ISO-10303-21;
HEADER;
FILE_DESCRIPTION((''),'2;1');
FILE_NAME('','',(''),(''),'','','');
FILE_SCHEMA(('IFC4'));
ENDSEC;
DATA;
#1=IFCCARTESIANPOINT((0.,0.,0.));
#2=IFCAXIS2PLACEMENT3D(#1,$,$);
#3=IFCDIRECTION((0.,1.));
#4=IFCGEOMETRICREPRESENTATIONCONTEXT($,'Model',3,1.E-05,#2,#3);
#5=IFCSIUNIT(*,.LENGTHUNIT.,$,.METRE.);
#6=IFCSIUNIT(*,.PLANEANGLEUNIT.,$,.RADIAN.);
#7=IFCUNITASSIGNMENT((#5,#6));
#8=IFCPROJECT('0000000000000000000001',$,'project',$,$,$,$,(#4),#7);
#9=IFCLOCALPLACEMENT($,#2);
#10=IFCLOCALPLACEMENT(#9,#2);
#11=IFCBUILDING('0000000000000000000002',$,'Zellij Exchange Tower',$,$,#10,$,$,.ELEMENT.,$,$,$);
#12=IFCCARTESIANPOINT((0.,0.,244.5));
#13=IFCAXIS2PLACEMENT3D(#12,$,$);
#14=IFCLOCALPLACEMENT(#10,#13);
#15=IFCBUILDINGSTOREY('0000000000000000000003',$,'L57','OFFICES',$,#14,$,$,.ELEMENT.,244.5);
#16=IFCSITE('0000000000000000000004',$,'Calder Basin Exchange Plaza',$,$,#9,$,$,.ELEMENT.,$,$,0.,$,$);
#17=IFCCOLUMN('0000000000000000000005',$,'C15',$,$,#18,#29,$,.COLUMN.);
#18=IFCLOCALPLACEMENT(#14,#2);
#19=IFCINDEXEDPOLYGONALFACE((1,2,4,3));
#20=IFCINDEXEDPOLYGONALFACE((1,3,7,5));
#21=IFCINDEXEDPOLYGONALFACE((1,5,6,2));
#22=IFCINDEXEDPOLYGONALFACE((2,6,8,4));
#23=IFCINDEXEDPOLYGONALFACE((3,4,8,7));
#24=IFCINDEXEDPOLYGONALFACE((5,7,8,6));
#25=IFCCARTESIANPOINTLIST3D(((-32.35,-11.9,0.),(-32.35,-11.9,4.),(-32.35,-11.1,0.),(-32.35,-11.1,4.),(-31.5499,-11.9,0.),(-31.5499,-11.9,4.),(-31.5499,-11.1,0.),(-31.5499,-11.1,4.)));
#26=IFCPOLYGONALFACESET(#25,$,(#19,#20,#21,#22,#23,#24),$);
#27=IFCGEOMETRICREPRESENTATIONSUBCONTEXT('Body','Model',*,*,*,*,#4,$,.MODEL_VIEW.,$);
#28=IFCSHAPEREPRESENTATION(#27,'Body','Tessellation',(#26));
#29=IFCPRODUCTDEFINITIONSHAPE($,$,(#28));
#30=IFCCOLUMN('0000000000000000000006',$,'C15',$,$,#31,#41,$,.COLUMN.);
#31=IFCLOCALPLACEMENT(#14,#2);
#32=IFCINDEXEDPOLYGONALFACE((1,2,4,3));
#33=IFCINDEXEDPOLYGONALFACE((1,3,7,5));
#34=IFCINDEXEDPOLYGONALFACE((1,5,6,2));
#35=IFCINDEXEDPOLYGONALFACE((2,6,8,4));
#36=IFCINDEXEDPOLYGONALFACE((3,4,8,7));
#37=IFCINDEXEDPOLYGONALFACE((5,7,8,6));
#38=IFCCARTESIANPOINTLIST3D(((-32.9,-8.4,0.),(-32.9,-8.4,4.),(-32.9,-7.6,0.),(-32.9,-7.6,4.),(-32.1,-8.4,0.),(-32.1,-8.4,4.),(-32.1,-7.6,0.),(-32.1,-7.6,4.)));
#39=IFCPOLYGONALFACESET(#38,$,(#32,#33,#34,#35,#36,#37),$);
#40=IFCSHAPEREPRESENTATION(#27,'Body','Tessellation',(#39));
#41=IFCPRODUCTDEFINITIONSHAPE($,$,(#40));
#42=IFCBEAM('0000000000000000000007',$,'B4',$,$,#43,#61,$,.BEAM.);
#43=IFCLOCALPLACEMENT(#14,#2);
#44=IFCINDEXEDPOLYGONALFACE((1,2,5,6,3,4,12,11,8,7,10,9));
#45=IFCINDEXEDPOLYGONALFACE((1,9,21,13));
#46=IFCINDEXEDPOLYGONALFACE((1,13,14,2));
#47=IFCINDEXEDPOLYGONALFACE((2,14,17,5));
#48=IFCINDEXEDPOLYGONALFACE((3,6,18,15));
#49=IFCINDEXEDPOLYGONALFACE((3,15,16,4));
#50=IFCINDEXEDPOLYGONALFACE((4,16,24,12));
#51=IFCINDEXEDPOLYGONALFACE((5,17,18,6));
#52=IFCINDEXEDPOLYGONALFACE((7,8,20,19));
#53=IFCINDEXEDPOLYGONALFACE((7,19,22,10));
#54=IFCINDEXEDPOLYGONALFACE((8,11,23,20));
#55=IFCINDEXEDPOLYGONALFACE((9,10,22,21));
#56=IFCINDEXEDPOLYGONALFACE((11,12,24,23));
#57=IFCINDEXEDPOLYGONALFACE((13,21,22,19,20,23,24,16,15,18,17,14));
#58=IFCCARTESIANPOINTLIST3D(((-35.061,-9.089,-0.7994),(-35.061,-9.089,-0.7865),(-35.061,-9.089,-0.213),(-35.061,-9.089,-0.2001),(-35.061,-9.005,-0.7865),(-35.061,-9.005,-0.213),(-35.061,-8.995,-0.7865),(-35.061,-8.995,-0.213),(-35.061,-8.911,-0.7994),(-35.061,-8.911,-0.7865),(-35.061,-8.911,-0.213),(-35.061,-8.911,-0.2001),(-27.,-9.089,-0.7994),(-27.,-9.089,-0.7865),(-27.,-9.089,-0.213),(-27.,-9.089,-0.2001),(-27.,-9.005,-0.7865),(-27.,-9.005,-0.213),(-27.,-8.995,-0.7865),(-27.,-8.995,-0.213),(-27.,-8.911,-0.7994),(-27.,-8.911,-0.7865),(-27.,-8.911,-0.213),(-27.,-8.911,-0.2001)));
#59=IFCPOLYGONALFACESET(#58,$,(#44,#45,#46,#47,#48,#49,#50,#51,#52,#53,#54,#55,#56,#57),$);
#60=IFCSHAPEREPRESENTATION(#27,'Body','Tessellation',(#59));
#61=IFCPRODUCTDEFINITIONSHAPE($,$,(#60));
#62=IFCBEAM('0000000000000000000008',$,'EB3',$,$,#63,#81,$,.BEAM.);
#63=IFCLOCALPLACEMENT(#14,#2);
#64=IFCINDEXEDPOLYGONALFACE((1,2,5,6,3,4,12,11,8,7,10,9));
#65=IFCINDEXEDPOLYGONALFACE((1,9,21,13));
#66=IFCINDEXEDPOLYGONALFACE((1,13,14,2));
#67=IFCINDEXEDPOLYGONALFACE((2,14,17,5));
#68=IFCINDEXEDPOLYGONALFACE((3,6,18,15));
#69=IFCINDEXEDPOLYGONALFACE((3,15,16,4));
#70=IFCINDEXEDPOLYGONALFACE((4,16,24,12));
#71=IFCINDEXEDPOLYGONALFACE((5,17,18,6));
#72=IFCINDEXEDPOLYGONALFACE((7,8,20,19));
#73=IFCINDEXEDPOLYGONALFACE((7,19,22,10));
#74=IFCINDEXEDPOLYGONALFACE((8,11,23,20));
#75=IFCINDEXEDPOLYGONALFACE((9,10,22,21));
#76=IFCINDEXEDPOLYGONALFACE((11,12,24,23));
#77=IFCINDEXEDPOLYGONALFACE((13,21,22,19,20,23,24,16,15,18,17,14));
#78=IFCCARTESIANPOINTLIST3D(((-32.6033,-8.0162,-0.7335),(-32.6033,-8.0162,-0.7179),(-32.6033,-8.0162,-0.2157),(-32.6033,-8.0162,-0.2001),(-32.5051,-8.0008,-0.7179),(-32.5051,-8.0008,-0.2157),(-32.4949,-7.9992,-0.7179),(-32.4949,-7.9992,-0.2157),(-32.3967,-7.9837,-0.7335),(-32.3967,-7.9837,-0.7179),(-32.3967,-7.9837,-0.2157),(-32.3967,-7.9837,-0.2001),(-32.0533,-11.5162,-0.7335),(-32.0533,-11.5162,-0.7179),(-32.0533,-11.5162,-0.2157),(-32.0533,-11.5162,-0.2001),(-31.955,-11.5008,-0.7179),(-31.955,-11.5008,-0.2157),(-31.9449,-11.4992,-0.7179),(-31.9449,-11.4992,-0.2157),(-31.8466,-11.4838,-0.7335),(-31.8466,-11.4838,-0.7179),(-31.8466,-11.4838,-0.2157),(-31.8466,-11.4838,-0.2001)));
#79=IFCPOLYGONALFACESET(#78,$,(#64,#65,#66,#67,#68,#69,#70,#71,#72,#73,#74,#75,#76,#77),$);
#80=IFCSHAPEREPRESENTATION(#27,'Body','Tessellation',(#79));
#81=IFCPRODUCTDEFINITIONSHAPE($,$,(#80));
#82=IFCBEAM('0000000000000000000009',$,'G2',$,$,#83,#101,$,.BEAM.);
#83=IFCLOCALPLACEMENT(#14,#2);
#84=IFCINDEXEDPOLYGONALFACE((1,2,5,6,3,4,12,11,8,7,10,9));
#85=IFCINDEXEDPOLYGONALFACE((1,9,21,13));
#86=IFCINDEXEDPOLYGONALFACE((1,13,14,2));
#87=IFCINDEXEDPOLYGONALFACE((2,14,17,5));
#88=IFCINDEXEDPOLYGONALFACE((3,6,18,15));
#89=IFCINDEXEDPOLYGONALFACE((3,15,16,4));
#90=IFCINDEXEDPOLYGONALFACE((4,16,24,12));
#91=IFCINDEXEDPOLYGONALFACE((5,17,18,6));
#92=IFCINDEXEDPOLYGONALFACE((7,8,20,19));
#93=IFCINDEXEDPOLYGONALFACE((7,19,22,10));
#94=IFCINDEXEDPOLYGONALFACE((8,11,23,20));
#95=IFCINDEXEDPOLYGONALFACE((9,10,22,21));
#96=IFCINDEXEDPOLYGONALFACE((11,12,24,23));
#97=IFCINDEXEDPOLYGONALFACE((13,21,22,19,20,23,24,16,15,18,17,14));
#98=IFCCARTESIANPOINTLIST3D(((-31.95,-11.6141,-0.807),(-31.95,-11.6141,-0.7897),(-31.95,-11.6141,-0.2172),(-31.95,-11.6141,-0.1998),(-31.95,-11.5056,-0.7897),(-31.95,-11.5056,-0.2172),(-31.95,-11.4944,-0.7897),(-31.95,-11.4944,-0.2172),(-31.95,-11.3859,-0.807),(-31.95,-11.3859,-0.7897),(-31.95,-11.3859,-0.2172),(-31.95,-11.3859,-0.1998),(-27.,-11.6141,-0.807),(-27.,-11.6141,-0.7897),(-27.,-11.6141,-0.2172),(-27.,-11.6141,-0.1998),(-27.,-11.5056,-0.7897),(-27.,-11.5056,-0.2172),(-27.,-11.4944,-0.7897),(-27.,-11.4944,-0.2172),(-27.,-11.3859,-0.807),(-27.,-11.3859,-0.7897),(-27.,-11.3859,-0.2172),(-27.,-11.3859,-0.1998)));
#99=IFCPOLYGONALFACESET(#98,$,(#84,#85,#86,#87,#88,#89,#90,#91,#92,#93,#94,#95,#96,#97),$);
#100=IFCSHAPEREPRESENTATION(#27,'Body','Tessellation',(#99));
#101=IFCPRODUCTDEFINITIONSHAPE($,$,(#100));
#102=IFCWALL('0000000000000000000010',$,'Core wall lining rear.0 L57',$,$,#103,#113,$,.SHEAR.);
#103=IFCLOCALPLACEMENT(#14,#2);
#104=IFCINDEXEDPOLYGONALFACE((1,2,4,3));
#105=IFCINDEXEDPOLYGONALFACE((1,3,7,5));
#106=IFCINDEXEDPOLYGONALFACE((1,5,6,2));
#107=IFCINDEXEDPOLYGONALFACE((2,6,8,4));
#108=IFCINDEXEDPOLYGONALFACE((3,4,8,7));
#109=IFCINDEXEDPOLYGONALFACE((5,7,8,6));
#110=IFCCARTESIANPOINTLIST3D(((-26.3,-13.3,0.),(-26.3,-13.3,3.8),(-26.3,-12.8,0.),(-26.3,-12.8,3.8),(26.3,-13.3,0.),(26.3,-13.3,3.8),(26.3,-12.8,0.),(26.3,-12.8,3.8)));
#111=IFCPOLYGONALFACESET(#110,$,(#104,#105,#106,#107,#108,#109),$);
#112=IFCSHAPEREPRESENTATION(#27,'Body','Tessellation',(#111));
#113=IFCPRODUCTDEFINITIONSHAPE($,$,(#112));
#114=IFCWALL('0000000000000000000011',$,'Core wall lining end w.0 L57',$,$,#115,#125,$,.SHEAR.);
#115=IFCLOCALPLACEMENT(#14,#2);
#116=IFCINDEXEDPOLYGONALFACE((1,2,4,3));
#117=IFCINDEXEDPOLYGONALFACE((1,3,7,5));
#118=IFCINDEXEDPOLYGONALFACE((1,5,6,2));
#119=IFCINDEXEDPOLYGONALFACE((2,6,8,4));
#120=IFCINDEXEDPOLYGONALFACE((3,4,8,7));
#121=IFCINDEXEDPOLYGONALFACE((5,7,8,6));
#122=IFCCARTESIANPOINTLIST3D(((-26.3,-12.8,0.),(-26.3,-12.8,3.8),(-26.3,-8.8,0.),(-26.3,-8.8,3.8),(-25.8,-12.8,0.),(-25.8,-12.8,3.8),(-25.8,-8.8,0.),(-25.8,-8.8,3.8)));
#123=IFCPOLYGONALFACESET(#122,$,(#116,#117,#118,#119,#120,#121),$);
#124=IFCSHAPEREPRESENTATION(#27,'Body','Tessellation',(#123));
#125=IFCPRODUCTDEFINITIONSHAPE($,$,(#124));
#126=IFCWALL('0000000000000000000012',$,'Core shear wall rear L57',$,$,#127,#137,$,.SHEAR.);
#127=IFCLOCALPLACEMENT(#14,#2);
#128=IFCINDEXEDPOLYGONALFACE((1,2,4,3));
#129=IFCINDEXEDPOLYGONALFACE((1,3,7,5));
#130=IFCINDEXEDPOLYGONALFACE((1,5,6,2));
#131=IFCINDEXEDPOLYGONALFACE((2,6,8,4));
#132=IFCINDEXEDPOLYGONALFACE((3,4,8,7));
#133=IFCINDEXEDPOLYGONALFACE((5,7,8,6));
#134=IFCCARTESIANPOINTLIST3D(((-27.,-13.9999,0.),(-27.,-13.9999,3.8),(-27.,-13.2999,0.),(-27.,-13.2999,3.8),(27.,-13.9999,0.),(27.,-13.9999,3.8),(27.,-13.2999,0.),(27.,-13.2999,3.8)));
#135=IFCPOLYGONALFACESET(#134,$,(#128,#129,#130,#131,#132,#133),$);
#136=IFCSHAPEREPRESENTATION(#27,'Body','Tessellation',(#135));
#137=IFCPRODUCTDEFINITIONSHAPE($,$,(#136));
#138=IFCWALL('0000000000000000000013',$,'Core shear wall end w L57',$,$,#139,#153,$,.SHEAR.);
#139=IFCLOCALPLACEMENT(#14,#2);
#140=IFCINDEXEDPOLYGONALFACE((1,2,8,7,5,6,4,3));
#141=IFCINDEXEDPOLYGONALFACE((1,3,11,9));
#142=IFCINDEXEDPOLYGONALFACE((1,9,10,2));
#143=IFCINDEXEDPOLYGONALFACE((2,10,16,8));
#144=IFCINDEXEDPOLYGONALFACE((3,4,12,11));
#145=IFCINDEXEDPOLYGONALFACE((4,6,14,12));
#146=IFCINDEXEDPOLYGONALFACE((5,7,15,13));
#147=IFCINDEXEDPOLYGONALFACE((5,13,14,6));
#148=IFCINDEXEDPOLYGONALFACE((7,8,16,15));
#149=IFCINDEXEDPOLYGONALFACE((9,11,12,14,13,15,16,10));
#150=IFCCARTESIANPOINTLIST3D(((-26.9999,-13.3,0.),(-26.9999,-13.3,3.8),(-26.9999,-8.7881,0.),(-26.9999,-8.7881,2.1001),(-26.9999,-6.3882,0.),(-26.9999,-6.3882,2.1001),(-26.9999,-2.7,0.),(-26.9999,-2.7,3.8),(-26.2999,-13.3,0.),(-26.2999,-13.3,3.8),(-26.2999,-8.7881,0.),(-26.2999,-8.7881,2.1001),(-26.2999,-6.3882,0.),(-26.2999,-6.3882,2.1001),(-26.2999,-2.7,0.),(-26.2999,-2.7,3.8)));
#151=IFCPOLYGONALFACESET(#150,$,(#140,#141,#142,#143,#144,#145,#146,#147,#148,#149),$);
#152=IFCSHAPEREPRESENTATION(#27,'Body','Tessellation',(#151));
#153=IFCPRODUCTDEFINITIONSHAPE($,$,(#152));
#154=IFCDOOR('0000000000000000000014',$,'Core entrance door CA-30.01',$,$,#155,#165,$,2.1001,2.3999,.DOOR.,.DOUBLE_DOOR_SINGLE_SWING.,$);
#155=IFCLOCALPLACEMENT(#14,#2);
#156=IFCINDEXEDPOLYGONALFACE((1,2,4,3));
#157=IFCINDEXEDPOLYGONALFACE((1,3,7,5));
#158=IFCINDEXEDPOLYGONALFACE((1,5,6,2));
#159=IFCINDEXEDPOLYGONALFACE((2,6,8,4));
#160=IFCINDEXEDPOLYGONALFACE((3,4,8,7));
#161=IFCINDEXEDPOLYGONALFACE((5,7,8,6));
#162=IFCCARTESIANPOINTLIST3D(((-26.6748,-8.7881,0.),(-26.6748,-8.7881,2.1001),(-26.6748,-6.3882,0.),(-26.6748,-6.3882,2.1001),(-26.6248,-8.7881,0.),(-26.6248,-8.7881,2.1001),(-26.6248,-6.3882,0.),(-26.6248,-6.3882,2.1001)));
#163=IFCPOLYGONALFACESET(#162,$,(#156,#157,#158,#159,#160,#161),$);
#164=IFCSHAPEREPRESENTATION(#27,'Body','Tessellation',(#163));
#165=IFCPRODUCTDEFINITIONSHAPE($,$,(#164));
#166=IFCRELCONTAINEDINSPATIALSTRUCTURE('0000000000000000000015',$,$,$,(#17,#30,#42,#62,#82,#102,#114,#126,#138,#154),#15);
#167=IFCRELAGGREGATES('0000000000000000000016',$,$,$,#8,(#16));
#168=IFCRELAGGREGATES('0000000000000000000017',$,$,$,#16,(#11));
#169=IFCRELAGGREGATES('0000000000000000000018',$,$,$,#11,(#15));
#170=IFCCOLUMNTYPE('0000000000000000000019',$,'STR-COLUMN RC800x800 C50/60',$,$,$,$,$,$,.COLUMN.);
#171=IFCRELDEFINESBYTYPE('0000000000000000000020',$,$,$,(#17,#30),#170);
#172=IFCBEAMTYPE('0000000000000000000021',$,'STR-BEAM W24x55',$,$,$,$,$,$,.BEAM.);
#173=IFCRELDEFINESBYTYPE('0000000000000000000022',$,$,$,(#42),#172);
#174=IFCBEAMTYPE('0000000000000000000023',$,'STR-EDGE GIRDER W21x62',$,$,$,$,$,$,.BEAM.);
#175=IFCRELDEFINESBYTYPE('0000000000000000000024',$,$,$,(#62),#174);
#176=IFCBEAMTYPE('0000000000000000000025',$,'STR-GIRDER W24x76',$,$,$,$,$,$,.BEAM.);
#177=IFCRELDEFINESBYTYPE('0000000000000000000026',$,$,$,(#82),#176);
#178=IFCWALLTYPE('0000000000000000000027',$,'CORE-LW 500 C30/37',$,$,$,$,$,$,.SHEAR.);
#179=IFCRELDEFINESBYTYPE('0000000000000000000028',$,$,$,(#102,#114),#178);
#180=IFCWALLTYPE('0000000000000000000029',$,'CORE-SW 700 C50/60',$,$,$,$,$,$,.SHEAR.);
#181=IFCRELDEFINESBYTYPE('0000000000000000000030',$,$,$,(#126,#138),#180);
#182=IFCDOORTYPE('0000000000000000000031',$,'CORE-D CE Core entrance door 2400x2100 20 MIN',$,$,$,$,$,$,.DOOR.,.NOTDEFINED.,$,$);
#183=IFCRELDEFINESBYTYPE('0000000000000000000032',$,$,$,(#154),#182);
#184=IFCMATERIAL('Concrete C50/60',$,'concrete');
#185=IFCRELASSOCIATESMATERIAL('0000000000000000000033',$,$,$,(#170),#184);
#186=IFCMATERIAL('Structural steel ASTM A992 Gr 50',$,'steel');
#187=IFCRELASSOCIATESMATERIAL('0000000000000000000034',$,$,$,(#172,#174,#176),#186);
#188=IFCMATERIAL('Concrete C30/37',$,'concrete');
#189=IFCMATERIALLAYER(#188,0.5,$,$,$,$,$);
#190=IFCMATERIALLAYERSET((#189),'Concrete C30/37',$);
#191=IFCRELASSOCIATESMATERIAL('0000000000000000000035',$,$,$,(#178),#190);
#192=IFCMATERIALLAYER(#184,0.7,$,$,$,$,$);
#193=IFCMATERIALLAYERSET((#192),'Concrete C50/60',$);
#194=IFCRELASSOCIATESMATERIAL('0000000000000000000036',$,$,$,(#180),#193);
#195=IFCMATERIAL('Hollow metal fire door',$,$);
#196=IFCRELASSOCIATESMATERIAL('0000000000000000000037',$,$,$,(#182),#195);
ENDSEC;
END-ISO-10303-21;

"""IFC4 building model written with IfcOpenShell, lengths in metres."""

from ifc_helpers import new_model, si_unit, direction, frame, frame_2d, origin, origin_2d, place, context, subcontext, project, spatial, rectangle, i_section, extrude, material, layer, layer_set, material_profile, profile_set, type_object, element, fill, save


model = new_model("IFC4")

# Units and contexts
model_context = context("Model", 3, precision=1e-05, world=origin(), true_north=direction((0.0, 1.0)))
body_context = subcontext(model_context, "Body", "Model", "MODEL_VIEW")
ifc_project = project(units=[si_unit("LENGTHUNIT", "METRE"), si_unit("PLANEANGLEUNIT", "RADIAN")], contexts=[model_context])

# Site, building, storey
site_placement = place(None, origin())
site = spatial("IfcSite", under=ifc_project, at=site_placement, Name="Calder Basin Exchange Plaza", CompositionType="ELEMENT", RefElevation=0.0)
building_placement = place(site_placement, origin())
building = spatial("IfcBuilding", under=site, at=building_placement, Name="Zellij Exchange Tower", CompositionType="ELEMENT")
storey_placement = place(building_placement, frame((0.0, 0.0, 244.5)))
storey = spatial("IfcBuildingStorey", under=building, at=storey_placement, Name="L57", Description="OFFICES", CompositionType="ELEMENT", Elevation=244.5)

# Columns
ifc_material_1 = material(Name="Concrete C50/60", Category="concrete")
ifc_material_profile_1 = material_profile(ifc_material_1, rectangle(XDim=0.8, YDim=0.8, at=origin_2d()), Name="STR-COLUMN RC800x800 C50/60")
ifc_profile_set_1 = profile_set([ifc_material_profile_1], Name="Concrete C50/60")
column_type = type_object("IfcColumnType", Name="STR-COLUMN RC800x800 C50/60", PredefinedType="COLUMN", material=ifc_profile_set_1)
for number, where, z_axis, x_axis, name in (
    (1, (-31.95, -11.5, 0.0), (0.0, 0.0, 1.0), (1.0, 0.0, 0.0), "C15"),
    (2, (-32.5, -8.0, 0.0), (0.0, 0.0, 1.0), (1.0, 0.0, 0.0), "C15"),
):
    element("IfcColumn", number, at=place(storey_placement, frame(where, z_axis=z_axis, x_axis=x_axis)), inside=storey, type_object=column_type, Name=name, PredefinedType="COLUMN", context=body_context, shape_type="SweptSolid", body=[
        extrude(rectangle(XDim=0.8, YDim=0.8, at=origin_2d()), origin(), (0.0, 0.0, 1.0), 4.0),
    ])

# Beams
ifc_material_2 = material(Name="Structural steel ASTM A992 Gr 50", Category="steel")
ifc_material_profile_2 = material_profile(ifc_material_2, i_section(OverallWidth=0.178, OverallDepth=0.5994, WebThickness=0.01, FlangeThickness=0.0129, at=origin_2d()), Name="W24x55")
ifc_profile_set_2 = profile_set([ifc_material_profile_2], Name="Structural steel ASTM A992 Gr 50")
beam_type_1 = type_object("IfcBeamType", Name="STR-BEAM W24x55", PredefinedType="BEAM", material=ifc_profile_set_2)
beam_1_placement = place(storey_placement, frame((-35.061, -9.0, -0.4998), z_axis=(1.0, 0.0, 0.0), x_axis=(0.0, 1.0, 0.0)))
element("IfcBeam", 3, at=beam_1_placement, inside=storey, type_object=beam_type_1, Name="B4", PredefinedType="BEAM", context=body_context, shape_type="SweptSolid", body=[
    extrude(i_section(OverallWidth=0.178, OverallDepth=0.5994, WebThickness=0.01, FlangeThickness=0.0129, at=origin_2d()), origin(), (0.0, 0.0, 1.0), 8.061),
])
ifc_material_profile_3 = material_profile(ifc_material_2, i_section(OverallWidth=0.2092, OverallDepth=0.5334, WebThickness=0.0103, FlangeThickness=0.0156, at=origin_2d()), Name="W21x62")
ifc_profile_set_3 = profile_set([ifc_material_profile_3], Name="Structural steel ASTM A992 Gr 50")
beam_type_2 = type_object("IfcBeamType", Name="STR-EDGE GIRDER W21x62", PredefinedType="BEAM", material=ifc_profile_set_3)
beam_2_placement = place(storey_placement, frame((-31.95, -11.5, -0.4668), z_axis=(-0.155251, 0.987875, 0.0), x_axis=(-0.987875, -0.155251, 0.0)))
element("IfcBeam", 4, at=beam_2_placement, inside=storey, type_object=beam_type_2, Name="EB3", PredefinedType="BEAM", context=body_context, shape_type="SweptSolid", body=[
    extrude(i_section(OverallWidth=0.2092, OverallDepth=0.5334, WebThickness=0.0103, FlangeThickness=0.0156, at=origin_2d()), origin(), (0.0, 0.0, 1.0), 3.543),
])
ifc_material_profile_4 = material_profile(ifc_material_2, i_section(OverallWidth=0.2283, OverallDepth=0.6072, WebThickness=0.0112, FlangeThickness=0.0173, at=origin_2d()), Name="W24x76")
ifc_profile_set_4 = profile_set([ifc_material_profile_4], Name="Structural steel ASTM A992 Gr 50")
beam_type_3 = type_object("IfcBeamType", Name="STR-GIRDER W24x76", PredefinedType="BEAM", material=ifc_profile_set_4)
beam_3_placement = place(storey_placement, frame((-31.95, -11.5, -0.5034), z_axis=(1.0, 0.0, 0.0), x_axis=(0.0, 1.0, 0.0)))
element("IfcBeam", 5, at=beam_3_placement, inside=storey, type_object=beam_type_3, Name="G2", PredefinedType="BEAM", context=body_context, shape_type="SweptSolid", body=[
    extrude(i_section(OverallWidth=0.2283, OverallDepth=0.6072, WebThickness=0.0112, FlangeThickness=0.0173, at=origin_2d()), origin(), (0.0, 0.0, 1.0), 4.95),
])

# Walls
ifc_material_3 = material(Name="Concrete C30/37", Category="concrete")
ifc_layer_1 = layer(ifc_material_3, 0.5)
ifc_layer_set_1 = layer_set([ifc_layer_1], Name="Concrete C30/37")
wall_type_1 = type_object("IfcWallType", Name="CORE-LW 500 C30/37", PredefinedType="SHEAR", material=ifc_layer_set_1)
wall_1_placement = place(storey_placement, frame((-26.3, -13.05, 0.0), z_axis=(0.0, 0.0, 1.0), x_axis=(1.0, 0.0, 0.0)))
element("IfcWall", 6, at=wall_1_placement, inside=storey, type_object=wall_type_1, Name="Core wall lining rear.0 L57", PredefinedType="SHEAR", context=body_context, shape_type="SweptSolid", body=[
    extrude(rectangle(XDim=52.6001, YDim=0.5, at=frame_2d((26.3, 0.0))), origin(), (0.0, 0.0, 1.0), 3.8),
])
wall_2_placement = place(storey_placement, frame((-26.05, -12.8, 0.0), z_axis=(0.0, 0.0, 1.0), x_axis=(0.0, 1.0, 0.0)))
element("IfcWall", 7, at=wall_2_placement, inside=storey, type_object=wall_type_1, Name="Core wall lining end w.0 L57", PredefinedType="SHEAR", context=body_context, shape_type="SweptSolid", body=[
    extrude(rectangle(XDim=4.0, YDim=0.5, at=frame_2d((2.0, 0.0))), origin(), (0.0, 0.0, 1.0), 3.8),
])
ifc_layer_2 = layer(ifc_material_1, 0.7)
ifc_layer_set_2 = layer_set([ifc_layer_2], Name="Concrete C50/60")
wall_type_2 = type_object("IfcWallType", Name="CORE-SW 700 C50/60", PredefinedType="SHEAR", material=ifc_layer_set_2)
wall_3_placement = place(storey_placement, frame((-27.0, -13.6499, 0.0), z_axis=(0.0, 0.0, 1.0), x_axis=(1.0, 0.0, 0.0)))
element("IfcWall", 8, at=wall_3_placement, inside=storey, type_object=wall_type_2, Name="Core shear wall rear L57", PredefinedType="SHEAR", context=body_context, shape_type="SweptSolid", body=[
    extrude(rectangle(XDim=54.0, YDim=0.7, at=frame_2d((27.0, 0.0))), origin(), (0.0, 0.0, 1.0), 3.8),
])

# Wall, opening, door
wall_4_placement = place(storey_placement, frame((-26.6499, -13.3, 0.0), z_axis=(0.0, 0.0, 1.0), x_axis=(0.0, 1.0, 0.0)))
wall_4 = element("IfcWall", 9, at=wall_4_placement, inside=storey, type_object=wall_type_2, Name="Core shear wall end w L57", PredefinedType="SHEAR", context=body_context, shape_type="SweptSolid", body=[
    extrude(rectangle(XDim=10.6001, YDim=0.7, at=frame_2d((5.3, 0.0))), origin(), (0.0, 0.0, 1.0), 3.8),
])
opening_1_placement = place(wall_4_placement, frame((4.512, 0.0, 0.0)))
opening_1 = element("IfcOpeningElement", 10, at=opening_1_placement, cuts=wall_4, PredefinedType="OPENING", context=body_context, shape_type="SweptSolid", body=[
    extrude(rectangle(XDim=2.3999, YDim=2.1001, at=frame_2d((1.2, 1.05))), frame((0.0, 0.3618, 0.0), z_axis=(0.0, -1.0, 0.0), x_axis=(1.0, 0.0, 0.0)), (0.0, 0.0, 1.0), 0.7239),
])
ifc_material_4 = material(Name="Hollow metal fire door")
door_type_1 = type_object("IfcDoorType", Name="CORE-D CE Core entrance door 2400x2100 20 MIN", OperationType="NOTDEFINED", PredefinedType="DOOR", material=ifc_material_4)
door_1_placement = place(opening_1_placement, origin())
door_1 = element("IfcDoor", 11, at=door_1_placement, inside=storey, type_object=door_type_1, Name="Core entrance door CA-30.01", OperationType="DOUBLE_DOOR_SINGLE_SWING", OverallHeight=2.1001, OverallWidth=2.3999, PredefinedType="DOOR", context=body_context, shape_type="SweptSolid", body=[
    extrude(rectangle(XDim=2.3999, YDim=2.1001, at=frame_2d((1.2, 1.05))), frame((0.0, 0.0249, 0.0), z_axis=(0.0, -1.0, 0.0), x_axis=(1.0, 0.0, 0.0)), (0.0, 0.0, 1.0), 0.05),
])
fill(opening_1, door_1)

save(model, "model.ifc")
